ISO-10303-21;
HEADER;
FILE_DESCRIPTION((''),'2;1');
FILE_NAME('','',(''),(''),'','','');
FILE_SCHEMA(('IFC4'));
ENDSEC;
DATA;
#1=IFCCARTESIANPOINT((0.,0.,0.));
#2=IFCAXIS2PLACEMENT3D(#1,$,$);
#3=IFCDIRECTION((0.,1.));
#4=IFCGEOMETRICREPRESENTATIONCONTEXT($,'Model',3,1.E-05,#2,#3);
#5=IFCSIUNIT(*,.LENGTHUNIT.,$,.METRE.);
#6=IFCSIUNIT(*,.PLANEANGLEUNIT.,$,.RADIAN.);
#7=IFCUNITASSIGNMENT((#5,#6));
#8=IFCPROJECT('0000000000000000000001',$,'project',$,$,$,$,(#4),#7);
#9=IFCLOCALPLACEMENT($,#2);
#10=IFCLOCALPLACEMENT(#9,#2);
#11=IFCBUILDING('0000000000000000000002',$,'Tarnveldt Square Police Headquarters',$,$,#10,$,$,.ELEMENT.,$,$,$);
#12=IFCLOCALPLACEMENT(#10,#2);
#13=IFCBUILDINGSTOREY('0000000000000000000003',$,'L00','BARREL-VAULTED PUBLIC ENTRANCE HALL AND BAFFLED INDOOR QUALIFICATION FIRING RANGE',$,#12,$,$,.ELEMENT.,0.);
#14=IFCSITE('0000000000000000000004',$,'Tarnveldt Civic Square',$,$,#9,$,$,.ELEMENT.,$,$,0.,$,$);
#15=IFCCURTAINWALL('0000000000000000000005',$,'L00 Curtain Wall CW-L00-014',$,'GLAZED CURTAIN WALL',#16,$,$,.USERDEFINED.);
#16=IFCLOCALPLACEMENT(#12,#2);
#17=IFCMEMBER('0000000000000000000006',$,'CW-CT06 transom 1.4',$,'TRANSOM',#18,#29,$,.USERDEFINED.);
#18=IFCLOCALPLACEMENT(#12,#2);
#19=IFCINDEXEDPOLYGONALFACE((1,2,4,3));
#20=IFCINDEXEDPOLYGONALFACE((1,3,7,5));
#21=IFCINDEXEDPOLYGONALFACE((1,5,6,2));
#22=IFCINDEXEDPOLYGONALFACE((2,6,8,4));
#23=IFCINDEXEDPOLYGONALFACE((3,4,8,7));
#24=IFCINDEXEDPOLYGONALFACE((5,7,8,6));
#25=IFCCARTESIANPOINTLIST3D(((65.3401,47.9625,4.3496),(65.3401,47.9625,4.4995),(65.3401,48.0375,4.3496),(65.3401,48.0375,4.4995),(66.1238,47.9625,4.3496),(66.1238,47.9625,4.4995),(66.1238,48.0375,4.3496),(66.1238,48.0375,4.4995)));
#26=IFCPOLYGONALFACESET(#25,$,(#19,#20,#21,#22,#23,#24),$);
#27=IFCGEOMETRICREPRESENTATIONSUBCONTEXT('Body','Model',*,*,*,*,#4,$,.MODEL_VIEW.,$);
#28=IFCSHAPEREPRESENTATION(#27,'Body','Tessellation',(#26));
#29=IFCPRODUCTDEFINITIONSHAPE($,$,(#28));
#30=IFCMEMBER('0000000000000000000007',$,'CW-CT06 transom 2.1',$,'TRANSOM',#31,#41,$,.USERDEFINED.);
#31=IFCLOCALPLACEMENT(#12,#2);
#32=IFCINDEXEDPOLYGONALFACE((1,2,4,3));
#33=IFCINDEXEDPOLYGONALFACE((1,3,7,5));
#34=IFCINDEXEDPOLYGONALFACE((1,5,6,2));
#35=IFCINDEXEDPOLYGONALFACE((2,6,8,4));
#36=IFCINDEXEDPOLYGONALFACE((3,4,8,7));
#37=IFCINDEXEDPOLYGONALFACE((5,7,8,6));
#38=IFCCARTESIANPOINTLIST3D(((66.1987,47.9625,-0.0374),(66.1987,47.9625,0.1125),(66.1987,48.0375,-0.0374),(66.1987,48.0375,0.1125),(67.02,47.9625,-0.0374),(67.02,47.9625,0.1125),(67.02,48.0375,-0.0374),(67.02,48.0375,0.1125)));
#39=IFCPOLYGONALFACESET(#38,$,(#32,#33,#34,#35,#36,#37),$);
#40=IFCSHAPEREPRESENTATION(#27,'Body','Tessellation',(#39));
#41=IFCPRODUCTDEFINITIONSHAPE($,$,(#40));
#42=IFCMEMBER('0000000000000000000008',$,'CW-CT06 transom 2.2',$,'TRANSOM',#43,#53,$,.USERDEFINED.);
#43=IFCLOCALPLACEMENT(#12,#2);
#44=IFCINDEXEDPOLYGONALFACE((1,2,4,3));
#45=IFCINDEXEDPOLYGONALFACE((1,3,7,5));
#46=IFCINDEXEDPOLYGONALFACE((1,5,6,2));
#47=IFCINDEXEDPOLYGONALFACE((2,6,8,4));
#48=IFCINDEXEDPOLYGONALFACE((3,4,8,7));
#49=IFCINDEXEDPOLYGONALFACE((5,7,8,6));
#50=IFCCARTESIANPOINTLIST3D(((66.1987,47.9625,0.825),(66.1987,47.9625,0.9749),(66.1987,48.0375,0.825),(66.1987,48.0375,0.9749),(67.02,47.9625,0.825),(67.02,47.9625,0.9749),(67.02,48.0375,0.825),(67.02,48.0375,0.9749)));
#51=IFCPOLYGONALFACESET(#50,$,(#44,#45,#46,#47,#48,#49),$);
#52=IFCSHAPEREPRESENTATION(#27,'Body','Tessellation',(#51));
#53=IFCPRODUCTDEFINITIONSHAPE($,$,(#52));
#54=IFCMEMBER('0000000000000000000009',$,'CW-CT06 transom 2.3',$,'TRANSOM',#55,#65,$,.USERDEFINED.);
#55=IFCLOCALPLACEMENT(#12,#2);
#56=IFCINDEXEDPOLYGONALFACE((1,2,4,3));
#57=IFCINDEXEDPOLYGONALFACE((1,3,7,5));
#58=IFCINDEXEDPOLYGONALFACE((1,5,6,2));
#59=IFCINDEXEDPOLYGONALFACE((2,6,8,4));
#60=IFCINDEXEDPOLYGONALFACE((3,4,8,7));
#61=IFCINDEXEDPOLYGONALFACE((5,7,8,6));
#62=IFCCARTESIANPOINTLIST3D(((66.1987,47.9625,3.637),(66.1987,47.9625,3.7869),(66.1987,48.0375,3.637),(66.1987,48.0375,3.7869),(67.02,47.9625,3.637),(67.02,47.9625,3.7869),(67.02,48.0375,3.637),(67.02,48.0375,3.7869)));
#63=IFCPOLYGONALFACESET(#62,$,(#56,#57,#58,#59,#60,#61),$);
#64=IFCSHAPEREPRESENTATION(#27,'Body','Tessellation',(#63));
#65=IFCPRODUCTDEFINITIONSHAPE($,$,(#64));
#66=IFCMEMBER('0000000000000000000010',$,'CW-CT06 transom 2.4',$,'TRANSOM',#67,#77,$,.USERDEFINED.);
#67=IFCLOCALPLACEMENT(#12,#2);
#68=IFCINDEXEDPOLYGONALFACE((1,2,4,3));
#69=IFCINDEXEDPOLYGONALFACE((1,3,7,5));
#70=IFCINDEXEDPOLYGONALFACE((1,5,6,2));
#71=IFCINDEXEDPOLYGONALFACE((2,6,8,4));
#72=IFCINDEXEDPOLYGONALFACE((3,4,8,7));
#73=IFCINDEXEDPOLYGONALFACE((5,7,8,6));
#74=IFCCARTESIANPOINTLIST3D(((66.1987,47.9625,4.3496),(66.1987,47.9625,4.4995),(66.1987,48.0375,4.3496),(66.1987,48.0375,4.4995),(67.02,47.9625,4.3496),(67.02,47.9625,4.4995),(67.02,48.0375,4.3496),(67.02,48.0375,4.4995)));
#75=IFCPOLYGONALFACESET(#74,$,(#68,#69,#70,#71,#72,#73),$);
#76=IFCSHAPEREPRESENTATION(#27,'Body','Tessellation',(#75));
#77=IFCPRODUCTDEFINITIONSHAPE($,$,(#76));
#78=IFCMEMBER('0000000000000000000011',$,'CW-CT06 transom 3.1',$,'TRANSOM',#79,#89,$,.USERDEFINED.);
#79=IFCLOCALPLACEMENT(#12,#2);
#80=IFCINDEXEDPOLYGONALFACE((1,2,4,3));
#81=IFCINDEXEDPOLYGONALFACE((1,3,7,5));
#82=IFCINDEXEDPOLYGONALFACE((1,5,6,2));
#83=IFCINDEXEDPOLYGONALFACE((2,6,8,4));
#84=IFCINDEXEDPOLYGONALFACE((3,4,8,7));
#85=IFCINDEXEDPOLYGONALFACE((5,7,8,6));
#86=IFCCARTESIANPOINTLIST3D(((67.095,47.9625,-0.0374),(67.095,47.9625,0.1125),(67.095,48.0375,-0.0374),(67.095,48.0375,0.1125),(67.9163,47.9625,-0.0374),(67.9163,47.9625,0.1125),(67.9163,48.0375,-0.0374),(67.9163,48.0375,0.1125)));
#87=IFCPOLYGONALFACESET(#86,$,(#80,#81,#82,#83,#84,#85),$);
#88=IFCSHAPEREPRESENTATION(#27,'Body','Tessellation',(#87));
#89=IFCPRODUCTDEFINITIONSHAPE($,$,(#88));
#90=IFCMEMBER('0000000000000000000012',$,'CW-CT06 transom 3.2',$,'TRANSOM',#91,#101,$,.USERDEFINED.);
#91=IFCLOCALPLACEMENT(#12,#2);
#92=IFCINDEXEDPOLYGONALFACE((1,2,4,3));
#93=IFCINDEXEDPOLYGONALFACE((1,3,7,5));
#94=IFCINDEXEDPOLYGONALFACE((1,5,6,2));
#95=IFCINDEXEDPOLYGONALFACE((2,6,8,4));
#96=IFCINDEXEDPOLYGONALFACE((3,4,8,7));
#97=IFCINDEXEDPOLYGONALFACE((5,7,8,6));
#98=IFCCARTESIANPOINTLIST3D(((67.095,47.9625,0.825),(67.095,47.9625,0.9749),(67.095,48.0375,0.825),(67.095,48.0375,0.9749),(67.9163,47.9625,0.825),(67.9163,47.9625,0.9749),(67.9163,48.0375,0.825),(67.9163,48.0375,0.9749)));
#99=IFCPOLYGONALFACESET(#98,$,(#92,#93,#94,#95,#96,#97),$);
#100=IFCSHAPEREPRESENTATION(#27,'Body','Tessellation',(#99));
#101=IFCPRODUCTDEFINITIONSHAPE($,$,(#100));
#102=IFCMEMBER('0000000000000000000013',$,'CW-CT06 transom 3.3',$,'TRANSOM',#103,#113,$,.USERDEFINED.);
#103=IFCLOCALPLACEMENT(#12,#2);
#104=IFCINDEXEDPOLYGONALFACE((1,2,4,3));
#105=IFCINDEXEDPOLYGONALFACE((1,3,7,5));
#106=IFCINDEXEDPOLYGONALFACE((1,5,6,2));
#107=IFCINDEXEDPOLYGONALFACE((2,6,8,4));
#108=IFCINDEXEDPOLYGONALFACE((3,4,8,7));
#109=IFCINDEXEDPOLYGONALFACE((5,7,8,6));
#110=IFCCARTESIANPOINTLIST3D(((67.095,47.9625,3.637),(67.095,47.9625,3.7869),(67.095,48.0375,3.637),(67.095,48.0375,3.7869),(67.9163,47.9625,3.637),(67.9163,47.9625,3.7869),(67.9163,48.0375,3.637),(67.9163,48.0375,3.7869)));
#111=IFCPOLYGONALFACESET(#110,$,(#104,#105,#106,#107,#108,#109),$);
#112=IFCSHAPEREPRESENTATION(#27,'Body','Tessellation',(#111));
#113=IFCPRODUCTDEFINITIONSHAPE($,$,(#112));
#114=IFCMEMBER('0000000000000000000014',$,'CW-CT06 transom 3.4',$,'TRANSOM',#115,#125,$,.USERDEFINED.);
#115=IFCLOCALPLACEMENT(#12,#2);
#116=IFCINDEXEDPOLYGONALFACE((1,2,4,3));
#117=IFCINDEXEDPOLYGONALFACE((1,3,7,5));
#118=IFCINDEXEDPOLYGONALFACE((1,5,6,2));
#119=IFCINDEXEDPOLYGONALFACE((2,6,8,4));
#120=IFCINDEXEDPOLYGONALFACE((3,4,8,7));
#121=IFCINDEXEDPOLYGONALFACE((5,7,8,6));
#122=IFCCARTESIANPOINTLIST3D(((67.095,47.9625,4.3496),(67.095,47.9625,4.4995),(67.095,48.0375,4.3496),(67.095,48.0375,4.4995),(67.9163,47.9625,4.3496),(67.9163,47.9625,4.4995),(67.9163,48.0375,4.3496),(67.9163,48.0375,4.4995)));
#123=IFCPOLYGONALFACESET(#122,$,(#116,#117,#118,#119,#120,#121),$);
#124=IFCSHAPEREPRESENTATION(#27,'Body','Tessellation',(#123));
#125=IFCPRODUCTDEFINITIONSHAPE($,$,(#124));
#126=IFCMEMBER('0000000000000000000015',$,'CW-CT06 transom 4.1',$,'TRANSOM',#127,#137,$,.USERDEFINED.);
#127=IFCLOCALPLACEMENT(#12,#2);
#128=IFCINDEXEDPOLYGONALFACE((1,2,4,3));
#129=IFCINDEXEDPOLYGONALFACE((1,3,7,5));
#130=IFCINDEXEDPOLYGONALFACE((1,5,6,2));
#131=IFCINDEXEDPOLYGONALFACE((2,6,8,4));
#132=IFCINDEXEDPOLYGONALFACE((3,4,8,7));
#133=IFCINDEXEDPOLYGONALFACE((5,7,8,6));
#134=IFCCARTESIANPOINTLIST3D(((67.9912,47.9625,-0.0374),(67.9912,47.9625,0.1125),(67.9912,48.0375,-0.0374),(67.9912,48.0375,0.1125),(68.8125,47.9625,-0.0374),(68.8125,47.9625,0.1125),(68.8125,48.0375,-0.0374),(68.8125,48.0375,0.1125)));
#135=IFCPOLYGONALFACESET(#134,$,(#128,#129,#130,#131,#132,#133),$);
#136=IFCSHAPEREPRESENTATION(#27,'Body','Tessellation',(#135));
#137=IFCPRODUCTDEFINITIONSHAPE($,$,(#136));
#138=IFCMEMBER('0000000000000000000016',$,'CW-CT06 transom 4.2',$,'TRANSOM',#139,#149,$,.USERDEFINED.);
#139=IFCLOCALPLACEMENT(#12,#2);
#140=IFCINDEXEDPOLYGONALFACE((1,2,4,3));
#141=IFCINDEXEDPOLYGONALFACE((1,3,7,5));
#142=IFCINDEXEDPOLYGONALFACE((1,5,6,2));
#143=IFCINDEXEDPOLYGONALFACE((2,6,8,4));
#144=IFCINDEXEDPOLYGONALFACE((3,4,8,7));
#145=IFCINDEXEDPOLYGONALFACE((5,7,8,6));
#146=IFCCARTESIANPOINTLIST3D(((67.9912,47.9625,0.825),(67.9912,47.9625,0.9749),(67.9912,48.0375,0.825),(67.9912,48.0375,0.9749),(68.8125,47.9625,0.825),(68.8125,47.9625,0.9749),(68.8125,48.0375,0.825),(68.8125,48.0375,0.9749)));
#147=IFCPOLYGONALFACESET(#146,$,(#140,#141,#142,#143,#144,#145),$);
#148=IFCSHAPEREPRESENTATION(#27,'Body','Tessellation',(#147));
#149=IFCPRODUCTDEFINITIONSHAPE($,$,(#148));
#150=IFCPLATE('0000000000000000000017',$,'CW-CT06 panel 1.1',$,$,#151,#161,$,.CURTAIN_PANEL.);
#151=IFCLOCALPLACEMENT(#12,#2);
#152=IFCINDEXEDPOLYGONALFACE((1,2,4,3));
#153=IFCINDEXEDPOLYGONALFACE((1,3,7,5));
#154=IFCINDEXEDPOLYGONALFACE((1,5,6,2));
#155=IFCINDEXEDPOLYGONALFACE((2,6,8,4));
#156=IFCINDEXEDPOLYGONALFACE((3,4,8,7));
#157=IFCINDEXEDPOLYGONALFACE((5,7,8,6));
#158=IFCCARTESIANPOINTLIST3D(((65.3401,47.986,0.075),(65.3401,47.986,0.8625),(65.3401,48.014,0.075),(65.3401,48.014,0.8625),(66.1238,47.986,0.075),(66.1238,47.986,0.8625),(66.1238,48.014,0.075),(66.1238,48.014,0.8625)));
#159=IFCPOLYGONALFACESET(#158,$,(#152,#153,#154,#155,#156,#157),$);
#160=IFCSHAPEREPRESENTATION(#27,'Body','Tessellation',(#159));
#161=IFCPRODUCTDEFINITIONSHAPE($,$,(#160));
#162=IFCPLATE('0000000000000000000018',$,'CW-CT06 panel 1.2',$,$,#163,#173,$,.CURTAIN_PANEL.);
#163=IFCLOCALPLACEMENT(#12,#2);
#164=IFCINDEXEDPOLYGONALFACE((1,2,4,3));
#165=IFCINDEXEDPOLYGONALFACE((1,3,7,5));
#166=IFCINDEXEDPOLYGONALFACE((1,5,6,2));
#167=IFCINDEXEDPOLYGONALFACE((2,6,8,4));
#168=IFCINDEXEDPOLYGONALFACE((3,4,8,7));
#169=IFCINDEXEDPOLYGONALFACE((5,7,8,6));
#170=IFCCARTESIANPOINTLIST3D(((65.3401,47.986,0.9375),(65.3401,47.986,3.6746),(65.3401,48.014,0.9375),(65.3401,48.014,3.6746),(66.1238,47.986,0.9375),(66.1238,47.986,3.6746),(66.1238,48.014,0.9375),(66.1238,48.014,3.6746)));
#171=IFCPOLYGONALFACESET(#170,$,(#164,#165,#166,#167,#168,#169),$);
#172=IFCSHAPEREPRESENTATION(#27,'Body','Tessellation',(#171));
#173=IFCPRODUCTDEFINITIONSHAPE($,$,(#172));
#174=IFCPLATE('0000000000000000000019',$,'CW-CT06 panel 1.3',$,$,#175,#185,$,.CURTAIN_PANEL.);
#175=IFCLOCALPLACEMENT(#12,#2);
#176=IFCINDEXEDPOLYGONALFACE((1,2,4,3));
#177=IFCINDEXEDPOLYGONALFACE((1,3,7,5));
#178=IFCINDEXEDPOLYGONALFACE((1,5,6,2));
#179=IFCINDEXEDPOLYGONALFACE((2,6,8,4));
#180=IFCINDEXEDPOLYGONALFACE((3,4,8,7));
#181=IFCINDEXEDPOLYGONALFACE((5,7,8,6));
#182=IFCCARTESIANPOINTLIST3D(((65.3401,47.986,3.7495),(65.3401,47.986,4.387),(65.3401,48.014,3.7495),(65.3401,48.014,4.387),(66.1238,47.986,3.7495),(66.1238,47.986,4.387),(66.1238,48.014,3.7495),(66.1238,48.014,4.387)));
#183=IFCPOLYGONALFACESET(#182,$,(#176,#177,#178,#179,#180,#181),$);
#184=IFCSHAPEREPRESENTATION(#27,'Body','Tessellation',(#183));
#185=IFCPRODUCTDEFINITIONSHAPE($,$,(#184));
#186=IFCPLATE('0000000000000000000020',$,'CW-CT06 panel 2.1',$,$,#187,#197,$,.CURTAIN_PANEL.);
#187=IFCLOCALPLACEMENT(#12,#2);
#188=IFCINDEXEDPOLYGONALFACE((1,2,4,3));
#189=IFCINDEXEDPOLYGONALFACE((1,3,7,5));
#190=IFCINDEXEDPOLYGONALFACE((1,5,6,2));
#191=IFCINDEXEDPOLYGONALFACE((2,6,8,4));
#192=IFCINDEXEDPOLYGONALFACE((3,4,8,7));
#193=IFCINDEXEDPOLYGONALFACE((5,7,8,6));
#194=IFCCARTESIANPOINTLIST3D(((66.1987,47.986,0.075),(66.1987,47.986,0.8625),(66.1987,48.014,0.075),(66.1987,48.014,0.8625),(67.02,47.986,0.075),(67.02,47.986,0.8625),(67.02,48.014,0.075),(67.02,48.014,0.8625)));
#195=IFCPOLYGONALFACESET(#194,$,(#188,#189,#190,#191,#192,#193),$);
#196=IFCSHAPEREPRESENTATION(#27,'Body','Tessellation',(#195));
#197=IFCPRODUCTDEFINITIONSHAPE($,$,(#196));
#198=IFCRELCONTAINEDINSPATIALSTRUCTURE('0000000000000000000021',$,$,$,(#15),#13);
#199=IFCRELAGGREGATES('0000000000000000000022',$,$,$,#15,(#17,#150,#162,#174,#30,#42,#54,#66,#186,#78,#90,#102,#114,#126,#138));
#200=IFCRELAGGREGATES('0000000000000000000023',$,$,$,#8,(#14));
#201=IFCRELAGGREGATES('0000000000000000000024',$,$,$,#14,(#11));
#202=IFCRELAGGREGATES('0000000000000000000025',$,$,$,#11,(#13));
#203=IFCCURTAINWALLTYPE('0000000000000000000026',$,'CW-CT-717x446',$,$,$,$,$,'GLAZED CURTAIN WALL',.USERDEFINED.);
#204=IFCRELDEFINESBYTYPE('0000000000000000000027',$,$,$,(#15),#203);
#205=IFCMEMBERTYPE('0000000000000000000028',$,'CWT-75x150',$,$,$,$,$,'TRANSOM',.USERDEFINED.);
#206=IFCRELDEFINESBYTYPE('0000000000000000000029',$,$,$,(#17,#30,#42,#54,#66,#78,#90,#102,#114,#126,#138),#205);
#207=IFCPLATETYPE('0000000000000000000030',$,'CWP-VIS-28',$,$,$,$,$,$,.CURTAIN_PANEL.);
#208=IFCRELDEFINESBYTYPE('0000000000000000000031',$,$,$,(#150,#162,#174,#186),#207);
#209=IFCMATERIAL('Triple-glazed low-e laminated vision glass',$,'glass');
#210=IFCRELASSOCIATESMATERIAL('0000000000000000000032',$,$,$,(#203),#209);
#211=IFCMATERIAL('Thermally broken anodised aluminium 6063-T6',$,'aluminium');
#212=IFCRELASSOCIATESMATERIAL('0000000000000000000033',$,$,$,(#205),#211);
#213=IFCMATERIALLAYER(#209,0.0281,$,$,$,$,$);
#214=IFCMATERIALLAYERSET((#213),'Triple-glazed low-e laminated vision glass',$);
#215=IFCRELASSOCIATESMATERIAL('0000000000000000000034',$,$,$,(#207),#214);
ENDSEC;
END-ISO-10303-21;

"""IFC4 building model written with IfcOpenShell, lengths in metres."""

from ifc_helpers import new_model, si_unit, direction, frame, origin, origin_2d, place, context, subcontext, project, spatial, rectangle, extrude, material, layer, layer_set, material_profile, profile_set, type_object, element, aggregate, save


model = new_model("IFC4")

# Units and contexts
model_context = context("Model", 3, precision=1e-05, world=origin(), true_north=direction((0.0, 1.0)))
body_context = subcontext(model_context, "Body", "Model", "MODEL_VIEW")
ifc_project = project(units=[si_unit("LENGTHUNIT", "METRE"), si_unit("PLANEANGLEUNIT", "RADIAN")], contexts=[model_context])

# Site, building, storey
site_placement = place(None, origin())
site = spatial("IfcSite", under=ifc_project, at=site_placement, Name="Tarnveldt Civic Square", CompositionType="ELEMENT", RefElevation=0.0)
building_placement = place(site_placement, origin())
building = spatial("IfcBuilding", under=site, at=building_placement, Name="Tarnveldt Square Police Headquarters", CompositionType="ELEMENT")
storey_placement = place(building_placement, origin())
storey = spatial("IfcBuildingStorey", under=building, at=storey_placement, Name="L00", Description="BARREL-VAULTED PUBLIC ENTRANCE HALL AND BAFFLED INDOOR QUALIFICATION FIRING RANGE", CompositionType="ELEMENT", Elevation=0.0)

# Curtain wall, members, plates
ifc_material_1 = material(Name="Triple-glazed low-e laminated vision glass", Category="glass")
curtain_wall_type = type_object("IfcCurtainWallType", Name="CW-CT-717x446", ElementType="GLAZED CURTAIN WALL", PredefinedType="USERDEFINED", material=ifc_material_1)
curtain_wall_placement = place(storey_placement, origin())
curtain_wall = element("IfcCurtainWall", 1, at=curtain_wall_placement, inside=storey, type_object=curtain_wall_type, Name="L00 Curtain Wall CW-L00-014", ObjectType="GLAZED CURTAIN WALL", PredefinedType="USERDEFINED")
ifc_material_2 = material(Name="Thermally broken anodised aluminium 6063-T6", Category="aluminium")
ifc_material_profile_1 = material_profile(ifc_material_2, rectangle(XDim=0.075, YDim=0.1499, at=origin_2d()), Name="CW-T75x150")
ifc_profile_set_1 = profile_set([ifc_material_profile_1], Name="Thermally broken anodised aluminium 6063-T6")
member_type_1 = type_object("IfcMemberType", Name="CWT-75x150", ElementType="TRANSOM", PredefinedType="USERDEFINED", material=ifc_profile_set_1)
member_1_placement = place(storey_placement, frame((65.3401, 48.0, 4.4246), z_axis=(1.0, 0.0, 0.0), x_axis=(0.0, 1.0, 0.0)))
member_1 = element("IfcMember", 2, at=member_1_placement, type_object=member_type_1, Name="CW-CT06 transom 1.4", ObjectType="TRANSOM", PredefinedType="USERDEFINED", context=body_context, shape_type="SweptSolid", body=[
    extrude(rectangle(XDim=0.075, YDim=0.1499, at=origin_2d()), origin(), (0.0, 0.0, 1.0), 0.7837),
])
member_2_placement = place(storey_placement, frame((66.1987, 48.0, 0.0376), z_axis=(1.0, 0.0, 0.0), x_axis=(0.0, 1.0, 0.0)))
member_2 = element("IfcMember", 3, at=member_2_placement, type_object=member_type_1, Name="CW-CT06 transom 2.1", ObjectType="TRANSOM", PredefinedType="USERDEFINED", context=body_context, shape_type="SweptSolid", body=[
    extrude(rectangle(XDim=0.075, YDim=0.1499, at=origin_2d()), origin(), (0.0, 0.0, 1.0), 0.8213),
])
member_3_placement = place(storey_placement, frame((66.1987, 48.0, 0.8999), z_axis=(1.0, 0.0, 0.0), x_axis=(0.0, 1.0, 0.0)))
member_3 = element("IfcMember", 4, at=member_3_placement, type_object=member_type_1, Name="CW-CT06 transom 2.2", ObjectType="TRANSOM", PredefinedType="USERDEFINED", context=body_context, shape_type="SweptSolid", body=[
    extrude(rectangle(XDim=0.075, YDim=0.1499, at=origin_2d()), origin(), (0.0, 0.0, 1.0), 0.8213),
])
member_4_placement = place(storey_placement, frame((66.1987, 48.0, 3.7119), z_axis=(1.0, 0.0, 0.0), x_axis=(0.0, 1.0, 0.0)))
member_4 = element("IfcMember", 5, at=member_4_placement, type_object=member_type_1, Name="CW-CT06 transom 2.3", ObjectType="TRANSOM", PredefinedType="USERDEFINED", context=body_context, shape_type="SweptSolid", body=[
    extrude(rectangle(XDim=0.075, YDim=0.1499, at=origin_2d()), origin(), (0.0, 0.0, 1.0), 0.8213),
])
member_5_placement = place(storey_placement, frame((66.1987, 48.0, 4.4246), z_axis=(1.0, 0.0, 0.0), x_axis=(0.0, 1.0, 0.0)))
member_5 = element("IfcMember", 6, at=member_5_placement, type_object=member_type_1, Name="CW-CT06 transom 2.4", ObjectType="TRANSOM", PredefinedType="USERDEFINED", context=body_context, shape_type="SweptSolid", body=[
    extrude(rectangle(XDim=0.075, YDim=0.1499, at=origin_2d()), origin(), (0.0, 0.0, 1.0), 0.8213),
])
member_6_placement = place(storey_placement, frame((67.095, 48.0, 0.0376), z_axis=(1.0, 0.0, 0.0), x_axis=(0.0, 1.0, 0.0)))
member_6 = element("IfcMember", 7, at=member_6_placement, type_object=member_type_1, Name="CW-CT06 transom 3.1", ObjectType="TRANSOM", PredefinedType="USERDEFINED", context=body_context, shape_type="SweptSolid", body=[
    extrude(rectangle(XDim=0.075, YDim=0.1499, at=origin_2d()), origin(), (0.0, 0.0, 1.0), 0.8213),
])
member_7_placement = place(storey_placement, frame((67.095, 48.0, 0.8999), z_axis=(1.0, 0.0, 0.0), x_axis=(0.0, 1.0, 0.0)))
member_7 = element("IfcMember", 8, at=member_7_placement, type_object=member_type_1, Name="CW-CT06 transom 3.2", ObjectType="TRANSOM", PredefinedType="USERDEFINED", context=body_context, shape_type="SweptSolid", body=[
    extrude(rectangle(XDim=0.075, YDim=0.1499, at=origin_2d()), origin(), (0.0, 0.0, 1.0), 0.8213),
])
member_8_placement = place(storey_placement, frame((67.095, 48.0, 3.7119), z_axis=(1.0, 0.0, 0.0), x_axis=(0.0, 1.0, 0.0)))
member_8 = element("IfcMember", 9, at=member_8_placement, type_object=member_type_1, Name="CW-CT06 transom 3.3", ObjectType="TRANSOM", PredefinedType="USERDEFINED", context=body_context, shape_type="SweptSolid", body=[
    extrude(rectangle(XDim=0.075, YDim=0.1499, at=origin_2d()), origin(), (0.0, 0.0, 1.0), 0.8213),
])
member_9_placement = place(storey_placement, frame((67.095, 48.0, 4.4246), z_axis=(1.0, 0.0, 0.0), x_axis=(0.0, 1.0, 0.0)))
member_9 = element("IfcMember", 10, at=member_9_placement, type_object=member_type_1, Name="CW-CT06 transom 3.4", ObjectType="TRANSOM", PredefinedType="USERDEFINED", context=body_context, shape_type="SweptSolid", body=[
    extrude(rectangle(XDim=0.075, YDim=0.1499, at=origin_2d()), origin(), (0.0, 0.0, 1.0), 0.8213),
])
member_10_placement = place(storey_placement, frame((67.9912, 48.0, 0.0376), z_axis=(1.0, 0.0, 0.0), x_axis=(0.0, 1.0, 0.0)))
member_10 = element("IfcMember", 11, at=member_10_placement, type_object=member_type_1, Name="CW-CT06 transom 4.1", ObjectType="TRANSOM", PredefinedType="USERDEFINED", context=body_context, shape_type="SweptSolid", body=[
    extrude(rectangle(XDim=0.075, YDim=0.1499, at=origin_2d()), origin(), (0.0, 0.0, 1.0), 0.8213),
])
member_11_placement = place(storey_placement, frame((67.9912, 48.0, 0.8999), z_axis=(1.0, 0.0, 0.0), x_axis=(0.0, 1.0, 0.0)))
member_11 = element("IfcMember", 12, at=member_11_placement, type_object=member_type_1, Name="CW-CT06 transom 4.2", ObjectType="TRANSOM", PredefinedType="USERDEFINED", context=body_context, shape_type="SweptSolid", body=[
    extrude(rectangle(XDim=0.075, YDim=0.1499, at=origin_2d()), origin(), (0.0, 0.0, 1.0), 0.8213),
])
ifc_layer_1 = layer(ifc_material_1, 0.0281)
ifc_layer_set_1 = layer_set([ifc_layer_1], Name="Triple-glazed low-e laminated vision glass")
plate_type = type_object("IfcPlateType", Name="CWP-VIS-28", PredefinedType="CURTAIN_PANEL", material=ifc_layer_set_1)
plate_1_placement = place(storey_placement, frame((65.7319, 48.0, 0.075), z_axis=(0.0, 0.0, 1.0), x_axis=(1.0, 0.0, 0.0)))
plate_1 = element("IfcPlate", 13, at=plate_1_placement, type_object=plate_type, Name="CW-CT06 panel 1.1", PredefinedType="CURTAIN_PANEL", context=body_context, shape_type="SweptSolid", body=[
    extrude(rectangle(XDim=0.7837, YDim=0.0281, at=origin_2d()), origin(), (0.0, 0.0, 1.0), 0.7876),
])
plate_2_placement = place(storey_placement, frame((65.7319, 48.0, 0.9375), z_axis=(0.0, 0.0, 1.0), x_axis=(1.0, 0.0, 0.0)))
plate_2 = element("IfcPlate", 14, at=plate_2_placement, type_object=plate_type, Name="CW-CT06 panel 1.2", PredefinedType="CURTAIN_PANEL", context=body_context, shape_type="SweptSolid", body=[
    extrude(rectangle(XDim=0.7837, YDim=0.0281, at=origin_2d()), origin(), (0.0, 0.0, 1.0), 2.7371),
])
plate_3_placement = place(storey_placement, frame((65.7319, 48.0, 3.7495), z_axis=(0.0, 0.0, 1.0), x_axis=(1.0, 0.0, 0.0)))
plate_3 = element("IfcPlate", 15, at=plate_3_placement, type_object=plate_type, Name="CW-CT06 panel 1.3", PredefinedType="CURTAIN_PANEL", context=body_context, shape_type="SweptSolid", body=[
    extrude(rectangle(XDim=0.7837, YDim=0.0281, at=origin_2d()), origin(), (0.0, 0.0, 1.0), 0.6375),
])
plate_4_placement = place(storey_placement, frame((66.6094, 48.0, 0.075), z_axis=(0.0, 0.0, 1.0), x_axis=(1.0, 0.0, 0.0)))
plate_4 = element("IfcPlate", 16, at=plate_4_placement, type_object=plate_type, Name="CW-CT06 panel 2.1", PredefinedType="CURTAIN_PANEL", context=body_context, shape_type="SweptSolid", body=[
    extrude(rectangle(XDim=0.8213, YDim=0.0281, at=origin_2d()), origin(), (0.0, 0.0, 1.0), 0.7876),
])
aggregate(curtain_wall, [member_1, plate_1, plate_2, plate_3, member_2, member_3, member_4, member_5, plate_4, member_6, member_7, member_8, member_9, member_10, member_11])

save(model, "model.ifc")
